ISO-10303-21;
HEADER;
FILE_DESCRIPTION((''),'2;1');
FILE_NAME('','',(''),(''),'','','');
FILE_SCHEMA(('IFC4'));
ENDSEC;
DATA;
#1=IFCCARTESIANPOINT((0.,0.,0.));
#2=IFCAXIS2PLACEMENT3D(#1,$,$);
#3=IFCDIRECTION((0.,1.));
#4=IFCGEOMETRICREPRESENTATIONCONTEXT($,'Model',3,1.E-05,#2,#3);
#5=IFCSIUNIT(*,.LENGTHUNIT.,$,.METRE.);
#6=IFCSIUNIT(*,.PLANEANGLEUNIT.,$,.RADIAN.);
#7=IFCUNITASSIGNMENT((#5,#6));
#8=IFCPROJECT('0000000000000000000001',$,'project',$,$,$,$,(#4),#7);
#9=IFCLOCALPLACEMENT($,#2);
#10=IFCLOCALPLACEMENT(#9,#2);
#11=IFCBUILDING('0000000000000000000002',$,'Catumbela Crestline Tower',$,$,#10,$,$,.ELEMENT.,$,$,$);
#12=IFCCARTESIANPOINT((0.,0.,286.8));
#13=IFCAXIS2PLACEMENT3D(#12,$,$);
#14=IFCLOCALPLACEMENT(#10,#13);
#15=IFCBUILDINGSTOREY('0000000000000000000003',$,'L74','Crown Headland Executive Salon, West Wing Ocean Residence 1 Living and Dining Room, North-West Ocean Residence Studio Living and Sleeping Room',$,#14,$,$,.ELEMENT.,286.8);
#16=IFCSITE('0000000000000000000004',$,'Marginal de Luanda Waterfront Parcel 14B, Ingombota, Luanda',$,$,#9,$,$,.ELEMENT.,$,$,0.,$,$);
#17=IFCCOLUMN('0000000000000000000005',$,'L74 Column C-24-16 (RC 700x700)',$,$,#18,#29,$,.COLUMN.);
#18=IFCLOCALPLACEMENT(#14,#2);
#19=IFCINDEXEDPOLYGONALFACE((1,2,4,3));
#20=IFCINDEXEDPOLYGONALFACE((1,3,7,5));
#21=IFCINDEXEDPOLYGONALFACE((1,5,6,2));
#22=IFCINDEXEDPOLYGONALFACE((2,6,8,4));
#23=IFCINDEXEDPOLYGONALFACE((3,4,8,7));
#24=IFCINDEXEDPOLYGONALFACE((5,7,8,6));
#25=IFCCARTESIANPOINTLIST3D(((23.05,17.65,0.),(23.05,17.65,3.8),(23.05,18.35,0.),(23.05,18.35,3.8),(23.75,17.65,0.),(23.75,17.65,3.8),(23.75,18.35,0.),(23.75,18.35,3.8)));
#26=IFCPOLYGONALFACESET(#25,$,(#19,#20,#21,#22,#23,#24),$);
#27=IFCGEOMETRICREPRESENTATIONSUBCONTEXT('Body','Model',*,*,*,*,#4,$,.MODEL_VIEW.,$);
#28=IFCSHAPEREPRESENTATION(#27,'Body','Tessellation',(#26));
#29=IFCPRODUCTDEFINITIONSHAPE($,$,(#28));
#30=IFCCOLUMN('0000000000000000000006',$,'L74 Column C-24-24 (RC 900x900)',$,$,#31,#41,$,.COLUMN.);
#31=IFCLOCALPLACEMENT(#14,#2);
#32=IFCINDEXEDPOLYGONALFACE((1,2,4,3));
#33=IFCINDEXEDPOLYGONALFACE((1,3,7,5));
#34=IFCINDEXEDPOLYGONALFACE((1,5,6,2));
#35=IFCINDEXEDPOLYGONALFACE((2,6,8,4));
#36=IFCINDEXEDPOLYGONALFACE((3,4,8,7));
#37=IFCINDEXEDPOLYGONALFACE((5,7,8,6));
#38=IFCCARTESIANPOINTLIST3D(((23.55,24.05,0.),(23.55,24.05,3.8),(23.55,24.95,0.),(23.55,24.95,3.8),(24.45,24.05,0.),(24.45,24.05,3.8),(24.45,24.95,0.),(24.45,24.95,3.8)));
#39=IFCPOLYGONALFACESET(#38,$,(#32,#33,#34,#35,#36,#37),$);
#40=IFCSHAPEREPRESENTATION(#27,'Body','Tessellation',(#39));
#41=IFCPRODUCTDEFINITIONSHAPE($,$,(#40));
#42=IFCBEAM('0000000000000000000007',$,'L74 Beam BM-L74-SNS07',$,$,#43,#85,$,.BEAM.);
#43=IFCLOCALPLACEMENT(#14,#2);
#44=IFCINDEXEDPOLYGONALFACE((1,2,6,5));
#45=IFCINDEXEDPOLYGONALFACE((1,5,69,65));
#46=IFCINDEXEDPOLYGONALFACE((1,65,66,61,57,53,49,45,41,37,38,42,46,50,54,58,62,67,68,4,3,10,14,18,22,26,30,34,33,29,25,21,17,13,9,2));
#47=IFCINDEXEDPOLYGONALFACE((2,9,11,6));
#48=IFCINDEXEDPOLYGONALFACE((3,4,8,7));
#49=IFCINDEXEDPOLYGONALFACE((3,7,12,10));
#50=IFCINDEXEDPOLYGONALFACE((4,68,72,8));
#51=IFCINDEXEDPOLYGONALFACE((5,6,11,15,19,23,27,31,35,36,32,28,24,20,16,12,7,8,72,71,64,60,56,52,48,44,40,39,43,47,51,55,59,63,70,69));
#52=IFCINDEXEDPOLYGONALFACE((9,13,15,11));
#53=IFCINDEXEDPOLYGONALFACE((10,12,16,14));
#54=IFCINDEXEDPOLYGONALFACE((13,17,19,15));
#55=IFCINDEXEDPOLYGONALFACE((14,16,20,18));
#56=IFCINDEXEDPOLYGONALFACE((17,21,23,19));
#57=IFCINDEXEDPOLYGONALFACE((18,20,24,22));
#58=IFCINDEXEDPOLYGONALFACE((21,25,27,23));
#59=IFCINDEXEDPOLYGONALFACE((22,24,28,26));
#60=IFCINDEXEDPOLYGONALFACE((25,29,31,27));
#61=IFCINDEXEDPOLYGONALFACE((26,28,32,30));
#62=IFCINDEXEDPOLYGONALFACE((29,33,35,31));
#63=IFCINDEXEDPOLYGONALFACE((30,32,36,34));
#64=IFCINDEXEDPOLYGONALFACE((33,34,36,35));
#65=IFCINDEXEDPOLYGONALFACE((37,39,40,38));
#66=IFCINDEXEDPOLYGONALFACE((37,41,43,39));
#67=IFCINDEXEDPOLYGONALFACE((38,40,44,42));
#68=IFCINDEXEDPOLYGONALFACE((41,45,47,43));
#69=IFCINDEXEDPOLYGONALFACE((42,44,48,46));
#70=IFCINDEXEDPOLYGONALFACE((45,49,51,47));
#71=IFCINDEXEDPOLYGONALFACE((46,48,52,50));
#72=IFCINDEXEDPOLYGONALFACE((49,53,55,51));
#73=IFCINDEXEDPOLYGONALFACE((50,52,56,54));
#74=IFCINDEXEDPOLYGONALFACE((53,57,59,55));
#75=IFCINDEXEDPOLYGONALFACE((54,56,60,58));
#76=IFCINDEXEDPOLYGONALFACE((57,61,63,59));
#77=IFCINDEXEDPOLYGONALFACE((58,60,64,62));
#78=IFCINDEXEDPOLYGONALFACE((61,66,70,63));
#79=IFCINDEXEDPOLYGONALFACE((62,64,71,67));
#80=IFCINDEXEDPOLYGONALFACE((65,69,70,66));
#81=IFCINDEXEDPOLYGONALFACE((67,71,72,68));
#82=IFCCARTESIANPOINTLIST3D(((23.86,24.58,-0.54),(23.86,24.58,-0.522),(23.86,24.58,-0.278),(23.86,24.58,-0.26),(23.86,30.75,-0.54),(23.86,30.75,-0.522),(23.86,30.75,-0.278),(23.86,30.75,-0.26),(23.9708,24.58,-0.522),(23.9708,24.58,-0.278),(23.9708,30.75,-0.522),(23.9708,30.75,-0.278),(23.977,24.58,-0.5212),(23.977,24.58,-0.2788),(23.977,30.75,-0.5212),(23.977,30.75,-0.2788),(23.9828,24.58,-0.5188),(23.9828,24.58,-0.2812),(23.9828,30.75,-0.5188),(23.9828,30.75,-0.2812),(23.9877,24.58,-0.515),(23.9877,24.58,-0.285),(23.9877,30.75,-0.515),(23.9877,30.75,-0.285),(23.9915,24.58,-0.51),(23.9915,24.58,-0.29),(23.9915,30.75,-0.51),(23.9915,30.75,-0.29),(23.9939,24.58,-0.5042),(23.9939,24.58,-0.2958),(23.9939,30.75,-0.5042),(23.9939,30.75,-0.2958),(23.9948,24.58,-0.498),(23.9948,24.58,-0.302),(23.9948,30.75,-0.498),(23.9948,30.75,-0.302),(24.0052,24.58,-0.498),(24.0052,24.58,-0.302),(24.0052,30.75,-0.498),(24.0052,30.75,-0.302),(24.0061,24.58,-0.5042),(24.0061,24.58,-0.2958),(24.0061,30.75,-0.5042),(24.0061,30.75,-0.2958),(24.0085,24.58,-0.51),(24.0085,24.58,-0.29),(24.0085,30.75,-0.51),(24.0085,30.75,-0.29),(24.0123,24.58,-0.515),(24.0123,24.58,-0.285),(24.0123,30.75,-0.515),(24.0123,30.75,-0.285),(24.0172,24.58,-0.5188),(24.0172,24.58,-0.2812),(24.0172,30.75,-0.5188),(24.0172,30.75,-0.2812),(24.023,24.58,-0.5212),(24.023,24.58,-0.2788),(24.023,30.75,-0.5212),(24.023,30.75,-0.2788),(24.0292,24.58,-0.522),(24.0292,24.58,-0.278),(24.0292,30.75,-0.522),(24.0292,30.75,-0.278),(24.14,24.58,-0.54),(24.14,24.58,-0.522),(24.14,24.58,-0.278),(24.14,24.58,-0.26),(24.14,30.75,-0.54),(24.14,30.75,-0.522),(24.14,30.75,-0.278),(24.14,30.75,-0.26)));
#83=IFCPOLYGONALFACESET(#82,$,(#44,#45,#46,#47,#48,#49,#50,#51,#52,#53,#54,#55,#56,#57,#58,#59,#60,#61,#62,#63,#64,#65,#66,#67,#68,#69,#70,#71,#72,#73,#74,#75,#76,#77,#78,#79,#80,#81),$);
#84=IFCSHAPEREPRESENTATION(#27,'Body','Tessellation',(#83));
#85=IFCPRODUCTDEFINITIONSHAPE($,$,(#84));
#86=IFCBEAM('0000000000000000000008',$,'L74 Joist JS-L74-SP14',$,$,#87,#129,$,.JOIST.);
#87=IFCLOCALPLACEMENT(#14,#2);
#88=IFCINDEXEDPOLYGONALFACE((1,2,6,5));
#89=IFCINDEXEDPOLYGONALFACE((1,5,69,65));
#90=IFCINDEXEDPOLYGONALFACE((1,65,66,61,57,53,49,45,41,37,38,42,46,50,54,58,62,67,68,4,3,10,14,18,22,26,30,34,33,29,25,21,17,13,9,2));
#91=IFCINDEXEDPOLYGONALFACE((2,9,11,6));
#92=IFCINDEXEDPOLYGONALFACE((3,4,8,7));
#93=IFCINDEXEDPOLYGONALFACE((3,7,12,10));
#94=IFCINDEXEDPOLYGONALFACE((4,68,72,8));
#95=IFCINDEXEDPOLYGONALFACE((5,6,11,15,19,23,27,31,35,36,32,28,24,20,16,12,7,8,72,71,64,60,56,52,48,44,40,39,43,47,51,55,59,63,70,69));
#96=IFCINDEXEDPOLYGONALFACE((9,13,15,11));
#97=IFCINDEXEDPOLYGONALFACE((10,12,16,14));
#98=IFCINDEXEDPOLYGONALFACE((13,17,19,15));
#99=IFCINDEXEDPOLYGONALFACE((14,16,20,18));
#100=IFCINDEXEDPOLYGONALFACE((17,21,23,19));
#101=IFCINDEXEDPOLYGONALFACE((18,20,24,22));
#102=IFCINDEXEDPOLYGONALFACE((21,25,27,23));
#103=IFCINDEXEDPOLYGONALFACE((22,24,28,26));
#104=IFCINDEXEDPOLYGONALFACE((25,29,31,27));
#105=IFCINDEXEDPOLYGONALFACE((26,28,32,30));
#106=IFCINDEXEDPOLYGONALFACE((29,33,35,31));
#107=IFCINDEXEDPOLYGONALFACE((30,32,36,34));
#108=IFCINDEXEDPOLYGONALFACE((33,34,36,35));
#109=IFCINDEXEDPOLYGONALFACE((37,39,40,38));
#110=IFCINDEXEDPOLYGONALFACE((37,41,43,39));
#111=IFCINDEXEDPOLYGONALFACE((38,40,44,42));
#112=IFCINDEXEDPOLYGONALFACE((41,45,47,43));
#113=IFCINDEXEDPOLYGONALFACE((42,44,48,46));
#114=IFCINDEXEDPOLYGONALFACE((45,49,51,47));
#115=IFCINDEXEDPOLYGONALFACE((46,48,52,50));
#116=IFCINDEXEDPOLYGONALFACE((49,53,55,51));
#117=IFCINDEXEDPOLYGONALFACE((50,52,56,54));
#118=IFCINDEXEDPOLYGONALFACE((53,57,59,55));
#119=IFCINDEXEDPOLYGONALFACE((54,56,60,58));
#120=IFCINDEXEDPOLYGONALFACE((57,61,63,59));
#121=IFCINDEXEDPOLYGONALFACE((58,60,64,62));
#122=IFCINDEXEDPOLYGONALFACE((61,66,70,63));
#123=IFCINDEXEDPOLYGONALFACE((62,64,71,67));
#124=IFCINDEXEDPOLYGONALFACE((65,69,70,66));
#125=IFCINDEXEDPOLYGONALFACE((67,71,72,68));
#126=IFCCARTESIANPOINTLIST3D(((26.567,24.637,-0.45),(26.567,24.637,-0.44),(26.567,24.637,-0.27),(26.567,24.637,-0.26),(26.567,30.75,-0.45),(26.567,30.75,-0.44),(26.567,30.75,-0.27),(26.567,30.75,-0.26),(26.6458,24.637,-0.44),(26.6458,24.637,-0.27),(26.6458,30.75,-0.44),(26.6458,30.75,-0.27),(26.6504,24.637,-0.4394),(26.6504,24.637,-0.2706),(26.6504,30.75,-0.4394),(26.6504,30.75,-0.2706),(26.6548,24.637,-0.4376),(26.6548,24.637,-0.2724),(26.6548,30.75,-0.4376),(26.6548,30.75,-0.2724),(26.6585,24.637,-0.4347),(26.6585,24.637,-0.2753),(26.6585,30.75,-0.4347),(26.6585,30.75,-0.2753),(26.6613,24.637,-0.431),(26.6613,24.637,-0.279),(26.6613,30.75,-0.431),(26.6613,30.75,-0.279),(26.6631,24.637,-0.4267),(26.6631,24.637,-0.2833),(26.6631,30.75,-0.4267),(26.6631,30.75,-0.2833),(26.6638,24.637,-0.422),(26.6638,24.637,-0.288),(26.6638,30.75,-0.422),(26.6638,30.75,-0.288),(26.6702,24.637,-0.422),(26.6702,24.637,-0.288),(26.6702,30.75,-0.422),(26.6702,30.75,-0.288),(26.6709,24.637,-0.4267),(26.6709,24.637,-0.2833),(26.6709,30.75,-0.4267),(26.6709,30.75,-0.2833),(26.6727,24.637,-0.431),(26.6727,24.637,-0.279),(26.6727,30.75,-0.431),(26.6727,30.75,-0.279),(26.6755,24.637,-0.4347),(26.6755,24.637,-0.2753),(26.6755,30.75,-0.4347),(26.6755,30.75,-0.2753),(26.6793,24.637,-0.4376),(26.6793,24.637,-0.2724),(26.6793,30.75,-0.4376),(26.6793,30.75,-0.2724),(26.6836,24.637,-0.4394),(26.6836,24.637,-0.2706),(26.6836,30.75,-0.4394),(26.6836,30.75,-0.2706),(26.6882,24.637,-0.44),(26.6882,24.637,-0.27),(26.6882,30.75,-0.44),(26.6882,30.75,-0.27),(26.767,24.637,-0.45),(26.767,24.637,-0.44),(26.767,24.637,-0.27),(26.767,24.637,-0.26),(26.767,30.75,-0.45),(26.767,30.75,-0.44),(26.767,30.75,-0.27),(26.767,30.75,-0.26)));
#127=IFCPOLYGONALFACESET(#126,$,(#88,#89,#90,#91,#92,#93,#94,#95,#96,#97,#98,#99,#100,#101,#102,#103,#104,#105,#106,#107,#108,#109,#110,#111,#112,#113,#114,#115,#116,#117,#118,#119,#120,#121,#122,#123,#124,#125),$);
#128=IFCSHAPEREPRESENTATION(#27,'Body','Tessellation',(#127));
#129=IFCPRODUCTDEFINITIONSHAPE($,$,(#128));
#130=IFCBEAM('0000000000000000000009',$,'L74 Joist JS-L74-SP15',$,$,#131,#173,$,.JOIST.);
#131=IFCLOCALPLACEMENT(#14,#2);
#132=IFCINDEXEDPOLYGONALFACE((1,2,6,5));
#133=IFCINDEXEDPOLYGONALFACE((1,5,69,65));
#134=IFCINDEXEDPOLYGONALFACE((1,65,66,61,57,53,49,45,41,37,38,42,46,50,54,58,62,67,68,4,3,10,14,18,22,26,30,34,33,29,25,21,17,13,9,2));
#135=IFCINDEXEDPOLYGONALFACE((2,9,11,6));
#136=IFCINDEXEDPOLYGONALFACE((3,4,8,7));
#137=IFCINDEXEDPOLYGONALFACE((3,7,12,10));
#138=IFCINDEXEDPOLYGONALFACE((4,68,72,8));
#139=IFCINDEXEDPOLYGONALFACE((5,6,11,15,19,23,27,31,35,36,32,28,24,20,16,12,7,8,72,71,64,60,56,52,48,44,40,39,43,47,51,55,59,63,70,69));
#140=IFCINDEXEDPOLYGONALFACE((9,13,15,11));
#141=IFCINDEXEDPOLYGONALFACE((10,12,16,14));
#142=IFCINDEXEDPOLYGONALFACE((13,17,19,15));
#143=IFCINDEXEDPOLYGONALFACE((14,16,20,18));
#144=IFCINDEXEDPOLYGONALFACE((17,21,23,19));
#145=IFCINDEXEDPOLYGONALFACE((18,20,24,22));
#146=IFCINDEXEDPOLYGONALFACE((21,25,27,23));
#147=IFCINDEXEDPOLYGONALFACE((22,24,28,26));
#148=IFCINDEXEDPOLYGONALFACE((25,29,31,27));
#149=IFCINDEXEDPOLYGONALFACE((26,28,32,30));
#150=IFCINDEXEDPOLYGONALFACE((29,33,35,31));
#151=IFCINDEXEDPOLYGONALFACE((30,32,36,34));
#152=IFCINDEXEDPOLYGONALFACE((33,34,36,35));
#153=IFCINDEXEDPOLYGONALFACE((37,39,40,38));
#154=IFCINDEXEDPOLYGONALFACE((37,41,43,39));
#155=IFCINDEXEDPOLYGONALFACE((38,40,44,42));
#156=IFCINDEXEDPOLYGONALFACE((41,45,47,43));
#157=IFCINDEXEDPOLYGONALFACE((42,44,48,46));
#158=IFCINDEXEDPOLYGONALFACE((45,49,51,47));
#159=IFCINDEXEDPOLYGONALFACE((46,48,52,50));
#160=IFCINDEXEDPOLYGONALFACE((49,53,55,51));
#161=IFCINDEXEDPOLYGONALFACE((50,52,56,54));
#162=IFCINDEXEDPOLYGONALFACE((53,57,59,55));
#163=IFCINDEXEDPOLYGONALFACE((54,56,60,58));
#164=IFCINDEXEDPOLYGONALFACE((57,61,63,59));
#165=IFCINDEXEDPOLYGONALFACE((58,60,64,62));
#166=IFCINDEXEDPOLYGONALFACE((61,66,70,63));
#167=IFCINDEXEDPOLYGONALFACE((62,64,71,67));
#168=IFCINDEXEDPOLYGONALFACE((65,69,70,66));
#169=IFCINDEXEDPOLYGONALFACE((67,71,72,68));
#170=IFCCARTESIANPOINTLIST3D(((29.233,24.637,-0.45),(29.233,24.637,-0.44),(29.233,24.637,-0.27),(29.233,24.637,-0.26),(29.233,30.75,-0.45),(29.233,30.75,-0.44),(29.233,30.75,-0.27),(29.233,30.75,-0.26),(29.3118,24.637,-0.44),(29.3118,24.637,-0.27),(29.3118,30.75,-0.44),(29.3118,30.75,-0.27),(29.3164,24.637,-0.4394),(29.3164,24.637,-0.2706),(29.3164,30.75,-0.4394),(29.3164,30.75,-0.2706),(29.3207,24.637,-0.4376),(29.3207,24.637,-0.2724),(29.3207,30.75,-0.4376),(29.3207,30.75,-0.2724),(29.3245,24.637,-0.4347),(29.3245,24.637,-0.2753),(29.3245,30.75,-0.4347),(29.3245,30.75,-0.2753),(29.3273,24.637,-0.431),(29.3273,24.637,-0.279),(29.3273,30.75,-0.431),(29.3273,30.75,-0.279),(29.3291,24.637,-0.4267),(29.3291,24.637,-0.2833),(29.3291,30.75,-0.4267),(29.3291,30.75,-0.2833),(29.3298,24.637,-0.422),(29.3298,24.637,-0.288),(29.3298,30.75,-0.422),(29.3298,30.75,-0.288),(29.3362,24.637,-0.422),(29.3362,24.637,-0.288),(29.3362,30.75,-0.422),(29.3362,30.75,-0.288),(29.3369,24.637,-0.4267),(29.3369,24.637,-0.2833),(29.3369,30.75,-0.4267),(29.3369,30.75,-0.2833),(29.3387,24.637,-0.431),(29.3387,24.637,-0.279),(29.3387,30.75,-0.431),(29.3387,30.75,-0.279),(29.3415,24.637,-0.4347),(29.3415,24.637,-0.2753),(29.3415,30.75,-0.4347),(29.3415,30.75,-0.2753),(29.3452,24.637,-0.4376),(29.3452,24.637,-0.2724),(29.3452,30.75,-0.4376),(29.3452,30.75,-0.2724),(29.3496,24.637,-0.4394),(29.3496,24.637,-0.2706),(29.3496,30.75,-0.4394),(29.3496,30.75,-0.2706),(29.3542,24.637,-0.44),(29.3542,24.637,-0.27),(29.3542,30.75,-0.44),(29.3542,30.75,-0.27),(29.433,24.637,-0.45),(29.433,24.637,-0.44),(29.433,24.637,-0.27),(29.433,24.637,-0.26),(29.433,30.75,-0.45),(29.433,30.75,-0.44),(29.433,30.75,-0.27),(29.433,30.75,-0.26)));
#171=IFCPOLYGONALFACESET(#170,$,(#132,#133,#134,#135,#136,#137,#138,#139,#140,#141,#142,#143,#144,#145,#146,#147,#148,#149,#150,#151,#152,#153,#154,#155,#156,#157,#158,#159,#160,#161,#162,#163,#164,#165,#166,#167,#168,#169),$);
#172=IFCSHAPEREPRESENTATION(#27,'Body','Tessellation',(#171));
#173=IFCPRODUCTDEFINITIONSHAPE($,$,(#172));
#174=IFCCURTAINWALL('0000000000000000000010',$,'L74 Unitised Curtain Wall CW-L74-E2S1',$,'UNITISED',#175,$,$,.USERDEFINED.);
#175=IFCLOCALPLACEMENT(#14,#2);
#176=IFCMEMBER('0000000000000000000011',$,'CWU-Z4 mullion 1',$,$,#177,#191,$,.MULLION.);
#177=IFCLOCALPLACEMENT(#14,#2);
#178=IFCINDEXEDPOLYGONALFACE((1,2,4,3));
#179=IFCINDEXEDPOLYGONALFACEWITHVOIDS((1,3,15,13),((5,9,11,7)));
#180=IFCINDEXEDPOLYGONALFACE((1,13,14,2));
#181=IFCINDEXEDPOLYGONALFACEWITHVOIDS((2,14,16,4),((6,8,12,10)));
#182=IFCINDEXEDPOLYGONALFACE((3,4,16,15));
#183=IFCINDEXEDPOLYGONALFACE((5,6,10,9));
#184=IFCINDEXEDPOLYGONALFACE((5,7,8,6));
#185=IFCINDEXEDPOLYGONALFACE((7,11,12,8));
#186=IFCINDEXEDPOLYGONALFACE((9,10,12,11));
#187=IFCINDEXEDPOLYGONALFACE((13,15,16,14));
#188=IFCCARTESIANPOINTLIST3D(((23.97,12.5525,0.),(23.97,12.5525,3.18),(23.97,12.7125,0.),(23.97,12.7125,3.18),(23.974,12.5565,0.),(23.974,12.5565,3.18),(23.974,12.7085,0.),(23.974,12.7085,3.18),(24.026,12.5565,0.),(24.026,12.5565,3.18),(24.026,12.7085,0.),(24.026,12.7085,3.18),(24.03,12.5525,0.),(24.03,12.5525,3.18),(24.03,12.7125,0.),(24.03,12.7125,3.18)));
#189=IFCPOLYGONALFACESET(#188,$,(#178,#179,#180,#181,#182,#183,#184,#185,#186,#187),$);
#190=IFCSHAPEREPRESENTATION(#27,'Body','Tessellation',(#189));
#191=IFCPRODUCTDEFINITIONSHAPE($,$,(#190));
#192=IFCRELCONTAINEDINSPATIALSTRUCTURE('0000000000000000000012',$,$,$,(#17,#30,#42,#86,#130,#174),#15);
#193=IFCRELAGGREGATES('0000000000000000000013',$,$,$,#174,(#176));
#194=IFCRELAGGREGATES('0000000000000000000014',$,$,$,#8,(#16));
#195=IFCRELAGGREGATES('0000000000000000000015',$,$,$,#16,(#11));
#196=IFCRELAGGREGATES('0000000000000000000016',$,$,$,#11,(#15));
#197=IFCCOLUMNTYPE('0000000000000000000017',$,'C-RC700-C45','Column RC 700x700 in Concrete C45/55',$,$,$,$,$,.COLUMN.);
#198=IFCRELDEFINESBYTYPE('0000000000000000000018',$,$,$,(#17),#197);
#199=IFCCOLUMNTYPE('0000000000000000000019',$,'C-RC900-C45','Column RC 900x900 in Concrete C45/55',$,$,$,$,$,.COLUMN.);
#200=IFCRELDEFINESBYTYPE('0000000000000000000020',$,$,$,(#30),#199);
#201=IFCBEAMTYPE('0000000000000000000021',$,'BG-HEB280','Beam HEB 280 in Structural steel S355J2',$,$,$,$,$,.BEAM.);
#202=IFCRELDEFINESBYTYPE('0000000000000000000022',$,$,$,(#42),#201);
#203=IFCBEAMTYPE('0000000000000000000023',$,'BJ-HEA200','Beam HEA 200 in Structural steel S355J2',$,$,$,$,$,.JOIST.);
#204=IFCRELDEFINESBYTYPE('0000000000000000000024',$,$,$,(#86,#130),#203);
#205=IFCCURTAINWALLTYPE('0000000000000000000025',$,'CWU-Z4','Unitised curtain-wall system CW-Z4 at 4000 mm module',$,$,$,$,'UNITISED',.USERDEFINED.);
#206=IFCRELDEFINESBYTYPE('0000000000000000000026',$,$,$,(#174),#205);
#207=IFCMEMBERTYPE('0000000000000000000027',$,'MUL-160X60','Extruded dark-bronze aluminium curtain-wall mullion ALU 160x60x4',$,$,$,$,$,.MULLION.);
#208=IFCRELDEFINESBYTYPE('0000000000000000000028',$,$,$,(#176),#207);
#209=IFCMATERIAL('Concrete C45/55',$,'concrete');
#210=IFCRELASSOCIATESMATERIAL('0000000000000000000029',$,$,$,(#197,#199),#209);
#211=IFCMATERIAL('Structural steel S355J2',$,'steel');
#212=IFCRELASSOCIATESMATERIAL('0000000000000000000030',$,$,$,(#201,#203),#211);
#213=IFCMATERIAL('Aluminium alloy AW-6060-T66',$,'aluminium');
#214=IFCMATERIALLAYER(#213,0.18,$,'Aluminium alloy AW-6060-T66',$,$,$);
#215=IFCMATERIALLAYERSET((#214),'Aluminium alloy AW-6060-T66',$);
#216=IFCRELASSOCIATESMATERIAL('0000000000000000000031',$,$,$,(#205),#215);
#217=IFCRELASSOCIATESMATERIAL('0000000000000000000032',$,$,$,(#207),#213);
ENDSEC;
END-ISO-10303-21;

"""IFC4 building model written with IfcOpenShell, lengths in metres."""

from ifc_helpers import new_model, si_unit, direction, frame, origin, origin_2d, place, context, subcontext, project, spatial, rectangle, hollow_rectangle, i_section, extrude, material, layer, layer_set, material_profile, profile_set, type_object, element, aggregate, save


model = new_model("IFC4")

# Units and contexts
model_context = context("Model", 3, precision=1e-05, world=origin(), true_north=direction((0.0, 1.0)))
body_context = subcontext(model_context, "Body", "Model", "MODEL_VIEW")
ifc_project = project(units=[si_unit("LENGTHUNIT", "METRE"), si_unit("PLANEANGLEUNIT", "RADIAN")], contexts=[model_context])

# Site, building, storey
site_placement = place(None, origin())
site = spatial("IfcSite", under=ifc_project, at=site_placement, Name="Marginal de Luanda Waterfront Parcel 14B, Ingombota, Luanda", CompositionType="ELEMENT", RefElevation=0.0)
building_placement = place(site_placement, origin())
building = spatial("IfcBuilding", under=site, at=building_placement, Name="Catumbela Crestline Tower", CompositionType="ELEMENT")
storey_placement = place(building_placement, frame((0.0, 0.0, 286.8)))
storey = spatial("IfcBuildingStorey", under=building, at=storey_placement, Name="L74", Description="Crown Headland Executive Salon, West Wing Ocean Residence 1 Living and Dining Room, North-West Ocean Residence Studio Living and Sleeping Room", CompositionType="ELEMENT", Elevation=286.8)

# Columns
ifc_material_1 = material(Name="Concrete C45/55", Category="concrete")
ifc_material_profile_1 = material_profile(ifc_material_1, rectangle(XDim=0.7, YDim=0.7, at=origin_2d()), Name="RC 700x700")
ifc_profile_set_1 = profile_set([ifc_material_profile_1], Name="Concrete C45/55")
column_type_1 = type_object("IfcColumnType", Name="C-RC700-C45", Description="Column RC 700x700 in Concrete C45/55", PredefinedType="COLUMN", material=ifc_profile_set_1)
column_1_placement = place(storey_placement, frame((23.4, 18.0, 0.0), z_axis=(0.0, 0.0, 1.0), x_axis=(1.0, 0.0, 0.0)))
element("IfcColumn", 1, at=column_1_placement, inside=storey, type_object=column_type_1, Name="L74 Column C-24-16 (RC 700x700)", PredefinedType="COLUMN", context=body_context, shape_type="SweptSolid", body=[
    extrude(rectangle(XDim=0.7, YDim=0.7, at=origin_2d()), origin(), (0.0, 0.0, 1.0), 3.8),
])
ifc_material_profile_2 = material_profile(ifc_material_1, rectangle(XDim=0.9, YDim=0.9, at=origin_2d()), Name="RC 900x900")
ifc_profile_set_2 = profile_set([ifc_material_profile_2], Name="Concrete C45/55")
column_type_2 = type_object("IfcColumnType", Name="C-RC900-C45", Description="Column RC 900x900 in Concrete C45/55", PredefinedType="COLUMN", material=ifc_profile_set_2)
column_2_placement = place(storey_placement, frame((24.0, 24.5, 0.0), z_axis=(0.0, 0.0, 1.0), x_axis=(1.0, 0.0, 0.0)))
element("IfcColumn", 2, at=column_2_placement, inside=storey, type_object=column_type_2, Name="L74 Column C-24-24 (RC 900x900)", PredefinedType="COLUMN", context=body_context, shape_type="SweptSolid", body=[
    extrude(rectangle(XDim=0.9, YDim=0.9, at=origin_2d()), origin(), (0.0, 0.0, 1.0), 3.8),
])

# Beams
ifc_material_2 = material(Name="Structural steel S355J2", Category="steel")
ifc_material_profile_3 = material_profile(ifc_material_2, i_section(OverallWidth=0.28, OverallDepth=0.28, WebThickness=0.0105, FlangeThickness=0.018, FilletRadius=0.024, at=origin_2d()), Name="HEB 280")
ifc_profile_set_3 = profile_set([ifc_material_profile_3], Name="Structural steel S355J2")
beam_type_1 = type_object("IfcBeamType", Name="BG-HEB280", Description="Beam HEB 280 in Structural steel S355J2", PredefinedType="BEAM", material=ifc_profile_set_3)
beam_1_placement = place(storey_placement, frame((24.0, 24.58, -0.4), z_axis=(0.0, 1.0, 0.0), x_axis=(-1.0, 0.0, 0.0)))
element("IfcBeam", 3, at=beam_1_placement, inside=storey, type_object=beam_type_1, Name="L74 Beam BM-L74-SNS07", PredefinedType="BEAM", context=body_context, shape_type="SweptSolid", body=[
    extrude(i_section(OverallWidth=0.28, OverallDepth=0.28, WebThickness=0.0105, FlangeThickness=0.018, FilletRadius=0.024, at=origin_2d()), origin(), (0.0, 0.0, 1.0), 6.17),
])
ifc_material_profile_4 = material_profile(ifc_material_2, i_section(OverallWidth=0.2, OverallDepth=0.19, WebThickness=0.0065, FlangeThickness=0.01, FilletRadius=0.018, at=origin_2d()), Name="HEA 200")
ifc_profile_set_4 = profile_set([ifc_material_profile_4], Name="Structural steel S355J2")
beam_type_2 = type_object("IfcBeamType", Name="BJ-HEA200", Description="Beam HEA 200 in Structural steel S355J2", PredefinedType="JOIST", material=ifc_profile_set_4)
for number, where, z_axis, x_axis, name in (
    (4, (26.667, 24.637, -0.355), (0.0, 1.0, 0.0), (-1.0, 0.0, 0.0), "L74 Joist JS-L74-SP14"),
    (5, (29.333, 24.637, -0.355), (0.0, 1.0, 0.0), (-1.0, 0.0, 0.0), "L74 Joist JS-L74-SP15"),
):
    element("IfcBeam", number, at=place(storey_placement, frame(where, z_axis=z_axis, x_axis=x_axis)), inside=storey, type_object=beam_type_2, Name=name, PredefinedType="JOIST", context=body_context, shape_type="SweptSolid", body=[
        extrude(i_section(OverallWidth=0.2, OverallDepth=0.19, WebThickness=0.0065, FlangeThickness=0.01, FilletRadius=0.018, at=origin_2d()), origin(), (0.0, 0.0, 1.0), 6.113),
    ])

# Curtain wall, member
ifc_material_3 = material(Name="Aluminium alloy AW-6060-T66", Category="aluminium")
ifc_layer_1 = layer(ifc_material_3, 0.18, Name="Aluminium alloy AW-6060-T66")
ifc_layer_set_1 = layer_set([ifc_layer_1], Name="Aluminium alloy AW-6060-T66")
curtain_wall_type = type_object("IfcCurtainWallType", Name="CWU-Z4", Description="Unitised curtain-wall system CW-Z4 at 4000 mm module", ElementType="UNITISED", PredefinedType="USERDEFINED", material=ifc_layer_set_1)
curtain_wall_1_placement = place(storey_placement, origin())
curtain_wall_1 = element("IfcCurtainWall", 6, at=curtain_wall_1_placement, inside=storey, type_object=curtain_wall_type, Name="L74 Unitised Curtain Wall CW-L74-E2S1", ObjectType="UNITISED", PredefinedType="USERDEFINED")
ifc_material_profile_5 = material_profile(ifc_material_3, hollow_rectangle(XDim=0.06, YDim=0.16, WallThickness=0.004, at=origin_2d()), Name="ALU 160x60x4")
ifc_profile_set_5 = profile_set([ifc_material_profile_5], Name="Aluminium alloy AW-6060-T66")
member_type_1 = type_object("IfcMemberType", Name="MUL-160X60", Description="Extruded dark-bronze aluminium curtain-wall mullion ALU 160x60x4", PredefinedType="MULLION", material=ifc_profile_set_5)
member_1_placement = place(storey_placement, frame((24.0, 12.6325, 0.0), z_axis=(0.0, 0.0, 1.0), x_axis=(-1.0, 0.0, 0.0)))
member_1 = element("IfcMember", 7, at=member_1_placement, type_object=member_type_1, Name="CWU-Z4 mullion 1", PredefinedType="MULLION", context=body_context, shape_type="SweptSolid", body=[
    extrude(hollow_rectangle(XDim=0.06, YDim=0.16, WallThickness=0.004, at=origin_2d()), origin(), (0.0, 0.0, 1.0), 3.18),
])

aggregate(curtain_wall_1, [member_1])

save(model, "model.ifc")
